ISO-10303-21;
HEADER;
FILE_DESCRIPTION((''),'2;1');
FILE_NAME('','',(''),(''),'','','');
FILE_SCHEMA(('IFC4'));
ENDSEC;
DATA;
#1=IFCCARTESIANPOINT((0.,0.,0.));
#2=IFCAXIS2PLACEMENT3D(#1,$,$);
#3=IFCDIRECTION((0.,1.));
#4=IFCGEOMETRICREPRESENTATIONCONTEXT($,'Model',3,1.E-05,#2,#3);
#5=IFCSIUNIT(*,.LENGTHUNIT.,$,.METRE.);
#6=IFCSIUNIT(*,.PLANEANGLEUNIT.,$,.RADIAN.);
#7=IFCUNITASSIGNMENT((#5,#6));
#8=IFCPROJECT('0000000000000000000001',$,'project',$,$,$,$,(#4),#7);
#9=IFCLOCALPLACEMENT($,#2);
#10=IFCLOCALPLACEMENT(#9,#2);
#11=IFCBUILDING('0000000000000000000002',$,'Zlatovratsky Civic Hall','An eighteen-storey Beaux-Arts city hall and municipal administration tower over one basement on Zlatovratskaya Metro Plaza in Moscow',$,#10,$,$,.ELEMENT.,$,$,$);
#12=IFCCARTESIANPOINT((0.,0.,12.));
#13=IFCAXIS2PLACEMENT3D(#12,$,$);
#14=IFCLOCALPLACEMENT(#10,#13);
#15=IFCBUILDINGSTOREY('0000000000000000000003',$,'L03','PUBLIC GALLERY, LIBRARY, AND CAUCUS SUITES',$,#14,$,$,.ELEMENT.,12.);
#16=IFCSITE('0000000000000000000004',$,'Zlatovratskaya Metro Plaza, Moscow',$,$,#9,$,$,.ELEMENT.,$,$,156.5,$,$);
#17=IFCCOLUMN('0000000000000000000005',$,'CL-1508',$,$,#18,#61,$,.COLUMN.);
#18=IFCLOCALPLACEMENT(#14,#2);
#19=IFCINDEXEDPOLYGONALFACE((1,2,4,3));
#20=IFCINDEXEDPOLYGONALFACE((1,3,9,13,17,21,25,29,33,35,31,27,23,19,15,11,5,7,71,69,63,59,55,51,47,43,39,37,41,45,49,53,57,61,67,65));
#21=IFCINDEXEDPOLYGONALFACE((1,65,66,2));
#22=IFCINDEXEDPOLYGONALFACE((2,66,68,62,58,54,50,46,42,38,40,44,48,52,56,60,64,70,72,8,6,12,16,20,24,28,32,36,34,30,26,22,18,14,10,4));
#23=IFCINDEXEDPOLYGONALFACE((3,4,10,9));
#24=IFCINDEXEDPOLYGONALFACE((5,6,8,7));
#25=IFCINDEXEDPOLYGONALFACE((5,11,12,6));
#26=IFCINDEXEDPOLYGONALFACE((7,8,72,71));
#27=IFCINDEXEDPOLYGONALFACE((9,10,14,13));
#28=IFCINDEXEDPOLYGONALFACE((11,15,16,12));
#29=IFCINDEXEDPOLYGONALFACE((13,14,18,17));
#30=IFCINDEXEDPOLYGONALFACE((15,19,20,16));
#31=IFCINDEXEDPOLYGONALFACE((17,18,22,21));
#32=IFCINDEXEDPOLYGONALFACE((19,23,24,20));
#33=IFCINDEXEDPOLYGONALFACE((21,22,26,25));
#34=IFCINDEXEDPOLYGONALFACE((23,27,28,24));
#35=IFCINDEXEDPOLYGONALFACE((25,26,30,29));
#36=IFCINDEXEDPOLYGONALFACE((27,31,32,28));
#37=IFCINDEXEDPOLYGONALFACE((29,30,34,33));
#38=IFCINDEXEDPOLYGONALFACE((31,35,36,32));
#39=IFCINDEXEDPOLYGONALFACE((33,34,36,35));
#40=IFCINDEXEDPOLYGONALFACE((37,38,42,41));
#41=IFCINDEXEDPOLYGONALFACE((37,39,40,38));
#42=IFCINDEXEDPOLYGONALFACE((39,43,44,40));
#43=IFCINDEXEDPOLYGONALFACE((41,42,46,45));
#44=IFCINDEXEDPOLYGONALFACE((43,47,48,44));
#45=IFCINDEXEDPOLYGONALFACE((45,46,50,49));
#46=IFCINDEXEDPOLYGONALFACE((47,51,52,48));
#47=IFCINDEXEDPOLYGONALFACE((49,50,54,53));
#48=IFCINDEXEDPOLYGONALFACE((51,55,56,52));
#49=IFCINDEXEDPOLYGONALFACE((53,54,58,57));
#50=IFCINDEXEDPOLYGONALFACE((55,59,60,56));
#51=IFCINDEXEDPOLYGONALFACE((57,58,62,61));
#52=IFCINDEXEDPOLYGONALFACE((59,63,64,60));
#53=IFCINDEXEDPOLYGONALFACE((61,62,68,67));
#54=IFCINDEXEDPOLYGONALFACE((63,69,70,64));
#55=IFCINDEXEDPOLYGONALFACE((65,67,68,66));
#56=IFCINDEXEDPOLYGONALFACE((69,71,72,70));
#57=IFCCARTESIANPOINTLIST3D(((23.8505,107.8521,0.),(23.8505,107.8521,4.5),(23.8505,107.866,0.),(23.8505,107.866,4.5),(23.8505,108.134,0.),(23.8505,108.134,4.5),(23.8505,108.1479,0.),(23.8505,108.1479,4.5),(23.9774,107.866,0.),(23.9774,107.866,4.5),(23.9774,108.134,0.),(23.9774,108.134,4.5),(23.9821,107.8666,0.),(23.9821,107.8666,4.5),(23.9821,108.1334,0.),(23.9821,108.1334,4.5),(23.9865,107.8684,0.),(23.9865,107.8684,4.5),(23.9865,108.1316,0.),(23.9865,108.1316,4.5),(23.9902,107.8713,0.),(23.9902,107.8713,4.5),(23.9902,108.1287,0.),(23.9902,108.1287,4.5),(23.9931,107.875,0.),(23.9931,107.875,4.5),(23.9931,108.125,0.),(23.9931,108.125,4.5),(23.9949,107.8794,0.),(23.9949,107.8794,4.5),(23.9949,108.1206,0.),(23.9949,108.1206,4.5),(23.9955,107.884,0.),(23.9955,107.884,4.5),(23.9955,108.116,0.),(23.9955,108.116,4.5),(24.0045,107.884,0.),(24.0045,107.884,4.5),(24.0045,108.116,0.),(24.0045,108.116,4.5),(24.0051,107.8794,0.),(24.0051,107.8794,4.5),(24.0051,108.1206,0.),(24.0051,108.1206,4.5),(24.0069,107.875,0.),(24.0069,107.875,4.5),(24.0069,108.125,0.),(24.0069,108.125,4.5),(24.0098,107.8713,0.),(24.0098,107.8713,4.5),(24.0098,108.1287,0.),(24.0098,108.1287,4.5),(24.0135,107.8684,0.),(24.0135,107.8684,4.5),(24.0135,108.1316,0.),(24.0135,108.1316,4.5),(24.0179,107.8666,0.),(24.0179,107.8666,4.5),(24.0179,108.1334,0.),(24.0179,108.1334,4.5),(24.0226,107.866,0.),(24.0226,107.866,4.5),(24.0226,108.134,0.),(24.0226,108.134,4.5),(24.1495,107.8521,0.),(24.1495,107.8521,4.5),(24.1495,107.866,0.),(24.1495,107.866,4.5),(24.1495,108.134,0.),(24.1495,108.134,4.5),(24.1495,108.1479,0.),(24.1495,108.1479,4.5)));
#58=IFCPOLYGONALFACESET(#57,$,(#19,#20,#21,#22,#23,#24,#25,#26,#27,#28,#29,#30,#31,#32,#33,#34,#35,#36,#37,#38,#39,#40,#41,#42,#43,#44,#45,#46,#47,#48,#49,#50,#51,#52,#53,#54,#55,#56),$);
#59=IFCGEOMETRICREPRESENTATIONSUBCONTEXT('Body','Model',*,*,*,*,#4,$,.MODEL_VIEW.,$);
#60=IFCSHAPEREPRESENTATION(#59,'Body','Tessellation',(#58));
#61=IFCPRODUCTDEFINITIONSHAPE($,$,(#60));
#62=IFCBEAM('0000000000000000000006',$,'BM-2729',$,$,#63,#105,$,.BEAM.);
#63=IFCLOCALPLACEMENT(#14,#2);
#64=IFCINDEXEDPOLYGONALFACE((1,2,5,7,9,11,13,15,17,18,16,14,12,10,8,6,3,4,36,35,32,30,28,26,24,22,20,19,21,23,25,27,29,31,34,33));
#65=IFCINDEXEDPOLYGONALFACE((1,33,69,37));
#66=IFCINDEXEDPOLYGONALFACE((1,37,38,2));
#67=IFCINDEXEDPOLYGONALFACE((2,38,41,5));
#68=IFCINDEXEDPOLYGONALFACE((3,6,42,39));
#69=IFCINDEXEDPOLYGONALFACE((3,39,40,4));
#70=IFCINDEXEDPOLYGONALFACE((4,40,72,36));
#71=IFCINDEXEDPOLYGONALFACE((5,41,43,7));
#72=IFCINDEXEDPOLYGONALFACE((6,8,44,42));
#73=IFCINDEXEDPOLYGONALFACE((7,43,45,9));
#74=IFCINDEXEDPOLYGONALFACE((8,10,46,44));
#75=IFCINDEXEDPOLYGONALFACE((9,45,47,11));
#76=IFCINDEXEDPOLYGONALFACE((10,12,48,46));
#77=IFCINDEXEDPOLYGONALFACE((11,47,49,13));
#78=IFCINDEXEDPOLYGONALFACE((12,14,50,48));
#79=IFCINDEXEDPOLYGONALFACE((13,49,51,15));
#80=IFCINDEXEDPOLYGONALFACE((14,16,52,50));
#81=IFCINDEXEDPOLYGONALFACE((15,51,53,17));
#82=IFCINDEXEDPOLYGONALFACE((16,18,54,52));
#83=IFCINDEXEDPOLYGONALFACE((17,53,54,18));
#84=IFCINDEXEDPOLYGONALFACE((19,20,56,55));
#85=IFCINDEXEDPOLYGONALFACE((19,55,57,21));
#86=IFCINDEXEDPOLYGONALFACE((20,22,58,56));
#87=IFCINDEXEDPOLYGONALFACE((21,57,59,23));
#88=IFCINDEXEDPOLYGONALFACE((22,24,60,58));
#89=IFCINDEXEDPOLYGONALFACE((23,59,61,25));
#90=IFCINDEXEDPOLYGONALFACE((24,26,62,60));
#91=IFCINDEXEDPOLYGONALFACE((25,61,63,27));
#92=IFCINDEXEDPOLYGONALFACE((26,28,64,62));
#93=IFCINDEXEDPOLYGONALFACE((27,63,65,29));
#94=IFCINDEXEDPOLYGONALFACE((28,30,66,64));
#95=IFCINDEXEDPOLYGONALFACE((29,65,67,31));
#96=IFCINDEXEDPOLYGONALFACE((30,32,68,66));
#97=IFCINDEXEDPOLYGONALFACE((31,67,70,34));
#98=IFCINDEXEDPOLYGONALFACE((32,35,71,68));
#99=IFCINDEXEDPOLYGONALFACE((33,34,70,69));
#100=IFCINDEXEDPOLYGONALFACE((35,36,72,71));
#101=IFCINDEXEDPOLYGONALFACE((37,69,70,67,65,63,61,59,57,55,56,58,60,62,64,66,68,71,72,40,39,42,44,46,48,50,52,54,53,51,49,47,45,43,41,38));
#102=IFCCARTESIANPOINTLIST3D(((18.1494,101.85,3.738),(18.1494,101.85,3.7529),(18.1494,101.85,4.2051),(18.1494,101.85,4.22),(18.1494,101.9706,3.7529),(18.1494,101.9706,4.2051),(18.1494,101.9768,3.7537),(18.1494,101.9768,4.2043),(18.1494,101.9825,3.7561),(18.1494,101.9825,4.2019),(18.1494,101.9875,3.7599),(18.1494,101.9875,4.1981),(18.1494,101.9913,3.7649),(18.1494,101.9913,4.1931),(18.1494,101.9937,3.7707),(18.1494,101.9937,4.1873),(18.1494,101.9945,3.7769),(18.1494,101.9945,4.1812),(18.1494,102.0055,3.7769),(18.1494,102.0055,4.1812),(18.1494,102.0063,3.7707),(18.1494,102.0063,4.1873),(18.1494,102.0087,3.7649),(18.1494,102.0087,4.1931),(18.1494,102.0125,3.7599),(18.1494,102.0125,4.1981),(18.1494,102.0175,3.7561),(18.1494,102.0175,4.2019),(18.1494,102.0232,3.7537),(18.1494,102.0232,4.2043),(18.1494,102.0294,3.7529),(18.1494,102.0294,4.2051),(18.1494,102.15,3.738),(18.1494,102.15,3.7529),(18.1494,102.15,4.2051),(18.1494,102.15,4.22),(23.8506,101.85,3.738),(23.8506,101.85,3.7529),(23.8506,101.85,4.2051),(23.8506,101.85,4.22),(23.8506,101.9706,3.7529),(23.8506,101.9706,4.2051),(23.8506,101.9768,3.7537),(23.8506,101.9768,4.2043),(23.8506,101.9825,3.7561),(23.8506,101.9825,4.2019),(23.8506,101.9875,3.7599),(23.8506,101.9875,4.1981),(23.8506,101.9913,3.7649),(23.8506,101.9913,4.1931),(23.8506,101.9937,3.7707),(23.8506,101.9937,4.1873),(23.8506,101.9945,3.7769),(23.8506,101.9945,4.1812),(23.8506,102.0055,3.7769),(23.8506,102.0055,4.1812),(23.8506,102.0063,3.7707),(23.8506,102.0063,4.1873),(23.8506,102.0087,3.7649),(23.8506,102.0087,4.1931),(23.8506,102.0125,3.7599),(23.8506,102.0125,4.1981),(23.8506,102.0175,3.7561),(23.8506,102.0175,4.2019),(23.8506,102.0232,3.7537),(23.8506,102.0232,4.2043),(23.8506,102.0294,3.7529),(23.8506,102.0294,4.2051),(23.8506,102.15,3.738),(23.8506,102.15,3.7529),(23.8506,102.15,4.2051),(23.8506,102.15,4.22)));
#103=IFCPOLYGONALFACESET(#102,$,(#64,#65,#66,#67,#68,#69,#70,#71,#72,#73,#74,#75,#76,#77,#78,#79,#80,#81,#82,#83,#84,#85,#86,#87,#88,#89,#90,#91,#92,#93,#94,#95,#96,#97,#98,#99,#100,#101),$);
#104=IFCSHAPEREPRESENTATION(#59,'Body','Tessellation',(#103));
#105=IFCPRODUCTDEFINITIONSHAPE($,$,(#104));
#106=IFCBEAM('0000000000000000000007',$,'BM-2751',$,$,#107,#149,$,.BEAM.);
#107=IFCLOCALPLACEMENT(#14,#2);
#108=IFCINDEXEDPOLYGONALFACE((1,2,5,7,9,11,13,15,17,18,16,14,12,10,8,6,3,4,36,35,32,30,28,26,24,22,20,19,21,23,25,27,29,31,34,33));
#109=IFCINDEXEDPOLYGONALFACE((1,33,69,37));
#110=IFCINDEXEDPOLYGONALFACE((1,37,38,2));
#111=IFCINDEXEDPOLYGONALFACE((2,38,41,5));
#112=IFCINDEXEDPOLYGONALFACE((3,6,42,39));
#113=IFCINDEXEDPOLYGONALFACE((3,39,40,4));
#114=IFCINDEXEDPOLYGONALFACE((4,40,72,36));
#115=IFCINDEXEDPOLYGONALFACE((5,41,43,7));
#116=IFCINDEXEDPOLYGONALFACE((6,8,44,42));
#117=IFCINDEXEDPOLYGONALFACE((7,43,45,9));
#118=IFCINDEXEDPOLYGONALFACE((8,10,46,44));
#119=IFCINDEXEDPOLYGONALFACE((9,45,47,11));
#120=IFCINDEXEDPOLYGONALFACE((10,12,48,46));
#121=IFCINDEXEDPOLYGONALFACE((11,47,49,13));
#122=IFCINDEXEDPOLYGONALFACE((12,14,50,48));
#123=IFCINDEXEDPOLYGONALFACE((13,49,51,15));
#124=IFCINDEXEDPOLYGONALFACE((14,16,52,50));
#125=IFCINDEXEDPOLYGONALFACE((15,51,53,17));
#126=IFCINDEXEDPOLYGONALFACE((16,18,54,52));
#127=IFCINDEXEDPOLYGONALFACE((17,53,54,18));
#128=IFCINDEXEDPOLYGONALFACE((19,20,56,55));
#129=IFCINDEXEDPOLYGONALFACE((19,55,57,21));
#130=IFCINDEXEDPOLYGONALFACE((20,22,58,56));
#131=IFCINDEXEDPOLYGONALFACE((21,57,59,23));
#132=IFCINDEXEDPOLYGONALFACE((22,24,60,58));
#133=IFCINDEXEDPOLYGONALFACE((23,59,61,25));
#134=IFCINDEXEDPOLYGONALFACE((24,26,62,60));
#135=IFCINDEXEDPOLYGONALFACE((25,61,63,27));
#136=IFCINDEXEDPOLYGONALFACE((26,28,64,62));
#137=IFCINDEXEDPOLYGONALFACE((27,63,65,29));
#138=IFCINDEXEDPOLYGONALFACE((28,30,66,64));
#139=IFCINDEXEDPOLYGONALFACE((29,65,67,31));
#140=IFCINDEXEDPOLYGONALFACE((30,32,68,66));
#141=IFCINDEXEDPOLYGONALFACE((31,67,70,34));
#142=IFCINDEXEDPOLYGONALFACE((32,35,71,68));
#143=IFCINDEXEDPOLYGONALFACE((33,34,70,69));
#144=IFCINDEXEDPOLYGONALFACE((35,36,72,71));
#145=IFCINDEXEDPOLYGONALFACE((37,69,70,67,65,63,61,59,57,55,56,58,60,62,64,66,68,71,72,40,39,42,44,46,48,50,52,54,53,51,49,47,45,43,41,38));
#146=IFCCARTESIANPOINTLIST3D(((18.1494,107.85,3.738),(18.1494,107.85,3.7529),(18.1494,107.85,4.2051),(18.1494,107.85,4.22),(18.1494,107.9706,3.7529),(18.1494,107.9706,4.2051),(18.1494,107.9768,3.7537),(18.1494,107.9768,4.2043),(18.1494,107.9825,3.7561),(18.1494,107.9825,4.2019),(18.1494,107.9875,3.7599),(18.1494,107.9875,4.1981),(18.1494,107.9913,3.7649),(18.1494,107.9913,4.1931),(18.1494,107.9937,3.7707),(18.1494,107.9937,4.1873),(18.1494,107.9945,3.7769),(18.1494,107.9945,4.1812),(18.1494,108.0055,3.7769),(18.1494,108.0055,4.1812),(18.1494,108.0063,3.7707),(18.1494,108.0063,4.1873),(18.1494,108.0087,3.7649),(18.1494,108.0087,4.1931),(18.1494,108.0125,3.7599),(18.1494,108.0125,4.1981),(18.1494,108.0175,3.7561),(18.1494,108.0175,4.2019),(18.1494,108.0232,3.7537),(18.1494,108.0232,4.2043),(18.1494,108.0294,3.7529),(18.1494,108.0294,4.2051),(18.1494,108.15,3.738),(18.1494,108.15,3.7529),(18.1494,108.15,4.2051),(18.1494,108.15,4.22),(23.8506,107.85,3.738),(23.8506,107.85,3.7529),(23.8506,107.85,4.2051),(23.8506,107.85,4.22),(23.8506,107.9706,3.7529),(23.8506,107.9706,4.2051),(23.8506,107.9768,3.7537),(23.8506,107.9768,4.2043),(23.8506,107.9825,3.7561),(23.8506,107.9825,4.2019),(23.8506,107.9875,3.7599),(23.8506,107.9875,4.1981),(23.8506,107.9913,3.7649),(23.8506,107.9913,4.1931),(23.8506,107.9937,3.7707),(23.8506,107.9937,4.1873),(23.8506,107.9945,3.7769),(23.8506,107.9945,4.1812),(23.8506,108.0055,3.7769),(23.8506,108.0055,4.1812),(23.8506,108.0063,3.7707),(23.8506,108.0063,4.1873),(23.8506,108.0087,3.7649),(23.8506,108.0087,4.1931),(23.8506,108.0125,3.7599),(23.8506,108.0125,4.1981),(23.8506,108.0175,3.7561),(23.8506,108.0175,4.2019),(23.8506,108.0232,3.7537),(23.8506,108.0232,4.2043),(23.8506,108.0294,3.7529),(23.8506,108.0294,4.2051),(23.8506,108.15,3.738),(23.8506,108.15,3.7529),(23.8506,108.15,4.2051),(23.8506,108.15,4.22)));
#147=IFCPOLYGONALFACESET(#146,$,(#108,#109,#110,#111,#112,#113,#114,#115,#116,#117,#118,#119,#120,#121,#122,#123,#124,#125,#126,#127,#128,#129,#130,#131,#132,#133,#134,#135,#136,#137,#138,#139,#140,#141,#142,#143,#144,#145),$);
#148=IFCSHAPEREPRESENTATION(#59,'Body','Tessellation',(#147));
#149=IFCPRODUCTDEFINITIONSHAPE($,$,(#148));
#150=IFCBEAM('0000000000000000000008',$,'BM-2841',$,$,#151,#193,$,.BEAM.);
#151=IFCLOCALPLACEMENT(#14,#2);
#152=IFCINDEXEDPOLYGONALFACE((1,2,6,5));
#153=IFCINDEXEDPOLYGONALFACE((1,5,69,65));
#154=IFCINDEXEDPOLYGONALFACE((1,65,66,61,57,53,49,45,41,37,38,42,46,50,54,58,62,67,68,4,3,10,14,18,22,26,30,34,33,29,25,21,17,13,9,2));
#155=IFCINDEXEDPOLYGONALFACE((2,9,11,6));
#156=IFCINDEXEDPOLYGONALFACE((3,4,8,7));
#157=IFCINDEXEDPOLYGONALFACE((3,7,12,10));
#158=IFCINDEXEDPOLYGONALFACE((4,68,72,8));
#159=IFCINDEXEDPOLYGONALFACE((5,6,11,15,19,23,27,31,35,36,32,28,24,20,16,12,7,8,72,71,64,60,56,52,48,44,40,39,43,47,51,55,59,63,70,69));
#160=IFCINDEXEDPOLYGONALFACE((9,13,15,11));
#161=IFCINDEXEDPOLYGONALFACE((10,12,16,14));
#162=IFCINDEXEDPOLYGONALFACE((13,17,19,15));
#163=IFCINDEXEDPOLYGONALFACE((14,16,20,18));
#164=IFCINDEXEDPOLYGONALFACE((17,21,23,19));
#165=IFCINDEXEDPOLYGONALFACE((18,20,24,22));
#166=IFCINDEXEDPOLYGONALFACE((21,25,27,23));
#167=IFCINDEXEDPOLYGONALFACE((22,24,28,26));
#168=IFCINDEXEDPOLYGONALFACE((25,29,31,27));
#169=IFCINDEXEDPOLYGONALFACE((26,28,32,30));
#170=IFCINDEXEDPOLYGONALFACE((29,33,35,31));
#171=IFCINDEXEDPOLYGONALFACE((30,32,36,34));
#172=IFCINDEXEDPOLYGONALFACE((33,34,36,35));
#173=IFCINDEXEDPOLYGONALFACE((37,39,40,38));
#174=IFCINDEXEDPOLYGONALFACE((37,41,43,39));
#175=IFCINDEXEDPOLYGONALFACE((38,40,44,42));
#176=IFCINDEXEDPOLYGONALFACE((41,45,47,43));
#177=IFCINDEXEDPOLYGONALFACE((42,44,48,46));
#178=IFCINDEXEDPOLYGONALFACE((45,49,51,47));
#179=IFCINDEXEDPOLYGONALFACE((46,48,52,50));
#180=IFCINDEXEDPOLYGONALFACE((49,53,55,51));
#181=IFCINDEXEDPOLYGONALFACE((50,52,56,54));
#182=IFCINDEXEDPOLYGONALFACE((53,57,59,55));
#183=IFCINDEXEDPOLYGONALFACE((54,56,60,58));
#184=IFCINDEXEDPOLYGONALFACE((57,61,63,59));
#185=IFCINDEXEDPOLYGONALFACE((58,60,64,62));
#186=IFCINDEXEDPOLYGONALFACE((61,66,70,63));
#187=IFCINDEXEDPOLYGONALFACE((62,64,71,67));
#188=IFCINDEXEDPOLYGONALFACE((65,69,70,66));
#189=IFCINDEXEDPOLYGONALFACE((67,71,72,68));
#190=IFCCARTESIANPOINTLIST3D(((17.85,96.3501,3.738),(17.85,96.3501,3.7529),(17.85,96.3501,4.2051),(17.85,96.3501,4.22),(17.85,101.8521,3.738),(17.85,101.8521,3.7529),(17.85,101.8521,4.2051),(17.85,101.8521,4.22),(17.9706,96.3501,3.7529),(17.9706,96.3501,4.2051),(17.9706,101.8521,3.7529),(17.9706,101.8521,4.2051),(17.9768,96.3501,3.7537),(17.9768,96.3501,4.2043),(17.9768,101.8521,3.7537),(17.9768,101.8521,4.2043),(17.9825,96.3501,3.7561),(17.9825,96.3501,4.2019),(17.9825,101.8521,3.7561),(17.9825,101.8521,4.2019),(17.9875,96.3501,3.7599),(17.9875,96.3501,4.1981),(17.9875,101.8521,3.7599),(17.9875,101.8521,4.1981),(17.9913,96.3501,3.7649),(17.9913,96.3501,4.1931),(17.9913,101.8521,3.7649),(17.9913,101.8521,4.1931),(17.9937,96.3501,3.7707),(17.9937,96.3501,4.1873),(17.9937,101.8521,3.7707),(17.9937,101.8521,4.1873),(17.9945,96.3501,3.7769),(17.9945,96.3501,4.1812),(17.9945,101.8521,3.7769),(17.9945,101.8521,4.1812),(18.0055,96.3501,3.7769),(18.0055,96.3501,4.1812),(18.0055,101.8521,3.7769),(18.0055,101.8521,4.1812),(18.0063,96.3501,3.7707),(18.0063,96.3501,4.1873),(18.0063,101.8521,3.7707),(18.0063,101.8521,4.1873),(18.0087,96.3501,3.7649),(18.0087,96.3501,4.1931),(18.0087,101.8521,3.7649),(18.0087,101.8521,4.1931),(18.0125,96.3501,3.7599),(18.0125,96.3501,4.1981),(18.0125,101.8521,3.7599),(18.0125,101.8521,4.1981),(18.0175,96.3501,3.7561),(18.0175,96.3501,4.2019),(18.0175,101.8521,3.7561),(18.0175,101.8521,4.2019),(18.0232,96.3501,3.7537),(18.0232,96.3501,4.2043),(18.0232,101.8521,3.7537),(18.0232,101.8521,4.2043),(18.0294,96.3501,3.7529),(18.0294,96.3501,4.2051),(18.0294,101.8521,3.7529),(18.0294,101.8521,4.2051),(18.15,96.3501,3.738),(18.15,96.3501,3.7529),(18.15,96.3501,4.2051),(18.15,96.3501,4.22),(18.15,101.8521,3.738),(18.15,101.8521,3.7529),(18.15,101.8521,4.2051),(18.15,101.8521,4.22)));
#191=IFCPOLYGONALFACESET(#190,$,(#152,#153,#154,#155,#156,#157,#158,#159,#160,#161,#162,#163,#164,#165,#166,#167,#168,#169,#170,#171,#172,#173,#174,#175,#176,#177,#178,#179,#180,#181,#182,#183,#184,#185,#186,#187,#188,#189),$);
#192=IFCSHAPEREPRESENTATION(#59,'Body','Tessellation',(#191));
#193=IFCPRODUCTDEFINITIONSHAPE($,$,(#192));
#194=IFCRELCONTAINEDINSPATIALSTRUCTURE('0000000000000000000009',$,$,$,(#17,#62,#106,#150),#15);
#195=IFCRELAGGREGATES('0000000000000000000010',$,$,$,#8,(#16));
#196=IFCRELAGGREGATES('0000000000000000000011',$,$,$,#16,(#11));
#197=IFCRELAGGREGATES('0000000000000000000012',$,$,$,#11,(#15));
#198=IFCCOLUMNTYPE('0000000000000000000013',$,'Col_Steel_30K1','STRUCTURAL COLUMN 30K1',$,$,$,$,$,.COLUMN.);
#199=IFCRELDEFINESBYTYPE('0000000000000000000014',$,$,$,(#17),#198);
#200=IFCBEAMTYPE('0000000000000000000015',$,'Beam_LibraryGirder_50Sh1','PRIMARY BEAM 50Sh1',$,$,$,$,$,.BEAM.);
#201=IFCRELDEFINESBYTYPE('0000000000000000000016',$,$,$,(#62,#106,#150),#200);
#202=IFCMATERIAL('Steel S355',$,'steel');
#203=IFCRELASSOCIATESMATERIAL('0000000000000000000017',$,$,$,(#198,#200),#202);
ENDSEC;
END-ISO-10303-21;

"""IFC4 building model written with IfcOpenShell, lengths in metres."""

from ifc_helpers import new_model, si_unit, direction, frame, origin, origin_2d, place, context, subcontext, project, spatial, i_section, extrude, material, material_profile, profile_set, type_object, element, save


model = new_model("IFC4")

# Units and contexts
model_context = context("Model", 3, precision=1e-05, world=origin(), true_north=direction((0.0, 1.0)))
body_context = subcontext(model_context, "Body", "Model", "MODEL_VIEW")
ifc_project = project(units=[si_unit("LENGTHUNIT", "METRE"), si_unit("PLANEANGLEUNIT", "RADIAN")], contexts=[model_context])

# Site, building, storey
site_placement = place(None, origin())
site = spatial("IfcSite", under=ifc_project, at=site_placement, Name="Zlatovratskaya Metro Plaza, Moscow", CompositionType="ELEMENT", RefElevation=156.5)
building_placement = place(site_placement, origin())
building = spatial("IfcBuilding", under=site, at=building_placement, Name="Zlatovratsky Civic Hall", Description="An eighteen-storey Beaux-Arts city hall and municipal administration tower over one basement on Zlatovratskaya Metro Plaza in Moscow", CompositionType="ELEMENT")
storey_placement = place(building_placement, frame((0.0, 0.0, 12.0)))
storey = spatial("IfcBuildingStorey", under=building, at=storey_placement, Name="L03", Description="PUBLIC GALLERY, LIBRARY, AND CAUCUS SUITES", CompositionType="ELEMENT", Elevation=12.0)

# Column
ifc_material_1 = material(Name="Steel S355", Category="steel")
ifc_material_profile_1 = material_profile(ifc_material_1, i_section(OverallWidth=0.2991, OverallDepth=0.2959, WebThickness=0.009, FlangeThickness=0.0139, FilletRadius=0.0181, at=origin_2d()), Name="30K1")
ifc_profile_set_1 = profile_set([ifc_material_profile_1], Name="Steel S355")
column_type_1 = type_object("IfcColumnType", Name="Col_Steel_30K1", Description="STRUCTURAL COLUMN 30K1", PredefinedType="COLUMN", material=ifc_profile_set_1)
for number, where, z_axis, x_axis, name in (
    (1, (24.0, 108.0, 0.0), (0.0, 0.0, 1.0), (1.0, 0.0, 0.0), "CL-1508"),
):
    element("IfcColumn", number, at=place(storey_placement, frame(where, z_axis=z_axis, x_axis=x_axis)), inside=storey, type_object=column_type_1, Name=name, PredefinedType="COLUMN", context=body_context, shape_type="SweptSolid", body=[
        extrude(i_section(OverallWidth=0.2991, OverallDepth=0.2959, WebThickness=0.009, FlangeThickness=0.0139, FilletRadius=0.0181, at=origin_2d()), origin(), (0.0, 0.0, 1.0), 4.5),
    ])

# Beams
ifc_material_profile_2 = material_profile(ifc_material_1, i_section(OverallWidth=0.3, OverallDepth=0.4819, WebThickness=0.011, FlangeThickness=0.0149, FilletRadius=0.0239, at=origin_2d()), Name="50Sh1")
ifc_profile_set_2 = profile_set([ifc_material_profile_2], Name="Steel S355")
beam_type_1 = type_object("IfcBeamType", Name="Beam_LibraryGirder_50Sh1", Description="PRIMARY BEAM 50Sh1", PredefinedType="BEAM", material=ifc_profile_set_2)
for number, where, z_axis, x_axis, name in (
    (2, (18.1494, 102.0, 3.979), (1.0, 0.0, 0.0), (0.0, 1.0, 0.0), "BM-2729"),
    (3, (18.1494, 108.0, 3.979), (1.0, 0.0, 0.0), (0.0, 1.0, 0.0), "BM-2751"),
):
    element("IfcBeam", number, at=place(storey_placement, frame(where, z_axis=z_axis, x_axis=x_axis)), inside=storey, type_object=beam_type_1, Name=name, PredefinedType="BEAM", context=body_context, shape_type="SweptSolid", body=[
        extrude(i_section(OverallWidth=0.3, OverallDepth=0.4819, WebThickness=0.011, FlangeThickness=0.0149, FilletRadius=0.0239, at=origin_2d()), origin(), (0.0, 0.0, 1.0), 5.7012),
    ])
beam_1_placement = place(storey_placement, frame((18.0, 96.3501, 3.979), z_axis=(0.0, 1.0, 0.0), x_axis=(-1.0, 0.0, 0.0)))
element("IfcBeam", 4, at=beam_1_placement, inside=storey, type_object=beam_type_1, Name="BM-2841", PredefinedType="BEAM", context=body_context, shape_type="SweptSolid", body=[
    extrude(i_section(OverallWidth=0.3, OverallDepth=0.4819, WebThickness=0.011, FlangeThickness=0.0149, FilletRadius=0.0239, at=origin_2d()), origin(), (0.0, 0.0, 1.0), 5.502),
])

save(model, "model.ifc")
